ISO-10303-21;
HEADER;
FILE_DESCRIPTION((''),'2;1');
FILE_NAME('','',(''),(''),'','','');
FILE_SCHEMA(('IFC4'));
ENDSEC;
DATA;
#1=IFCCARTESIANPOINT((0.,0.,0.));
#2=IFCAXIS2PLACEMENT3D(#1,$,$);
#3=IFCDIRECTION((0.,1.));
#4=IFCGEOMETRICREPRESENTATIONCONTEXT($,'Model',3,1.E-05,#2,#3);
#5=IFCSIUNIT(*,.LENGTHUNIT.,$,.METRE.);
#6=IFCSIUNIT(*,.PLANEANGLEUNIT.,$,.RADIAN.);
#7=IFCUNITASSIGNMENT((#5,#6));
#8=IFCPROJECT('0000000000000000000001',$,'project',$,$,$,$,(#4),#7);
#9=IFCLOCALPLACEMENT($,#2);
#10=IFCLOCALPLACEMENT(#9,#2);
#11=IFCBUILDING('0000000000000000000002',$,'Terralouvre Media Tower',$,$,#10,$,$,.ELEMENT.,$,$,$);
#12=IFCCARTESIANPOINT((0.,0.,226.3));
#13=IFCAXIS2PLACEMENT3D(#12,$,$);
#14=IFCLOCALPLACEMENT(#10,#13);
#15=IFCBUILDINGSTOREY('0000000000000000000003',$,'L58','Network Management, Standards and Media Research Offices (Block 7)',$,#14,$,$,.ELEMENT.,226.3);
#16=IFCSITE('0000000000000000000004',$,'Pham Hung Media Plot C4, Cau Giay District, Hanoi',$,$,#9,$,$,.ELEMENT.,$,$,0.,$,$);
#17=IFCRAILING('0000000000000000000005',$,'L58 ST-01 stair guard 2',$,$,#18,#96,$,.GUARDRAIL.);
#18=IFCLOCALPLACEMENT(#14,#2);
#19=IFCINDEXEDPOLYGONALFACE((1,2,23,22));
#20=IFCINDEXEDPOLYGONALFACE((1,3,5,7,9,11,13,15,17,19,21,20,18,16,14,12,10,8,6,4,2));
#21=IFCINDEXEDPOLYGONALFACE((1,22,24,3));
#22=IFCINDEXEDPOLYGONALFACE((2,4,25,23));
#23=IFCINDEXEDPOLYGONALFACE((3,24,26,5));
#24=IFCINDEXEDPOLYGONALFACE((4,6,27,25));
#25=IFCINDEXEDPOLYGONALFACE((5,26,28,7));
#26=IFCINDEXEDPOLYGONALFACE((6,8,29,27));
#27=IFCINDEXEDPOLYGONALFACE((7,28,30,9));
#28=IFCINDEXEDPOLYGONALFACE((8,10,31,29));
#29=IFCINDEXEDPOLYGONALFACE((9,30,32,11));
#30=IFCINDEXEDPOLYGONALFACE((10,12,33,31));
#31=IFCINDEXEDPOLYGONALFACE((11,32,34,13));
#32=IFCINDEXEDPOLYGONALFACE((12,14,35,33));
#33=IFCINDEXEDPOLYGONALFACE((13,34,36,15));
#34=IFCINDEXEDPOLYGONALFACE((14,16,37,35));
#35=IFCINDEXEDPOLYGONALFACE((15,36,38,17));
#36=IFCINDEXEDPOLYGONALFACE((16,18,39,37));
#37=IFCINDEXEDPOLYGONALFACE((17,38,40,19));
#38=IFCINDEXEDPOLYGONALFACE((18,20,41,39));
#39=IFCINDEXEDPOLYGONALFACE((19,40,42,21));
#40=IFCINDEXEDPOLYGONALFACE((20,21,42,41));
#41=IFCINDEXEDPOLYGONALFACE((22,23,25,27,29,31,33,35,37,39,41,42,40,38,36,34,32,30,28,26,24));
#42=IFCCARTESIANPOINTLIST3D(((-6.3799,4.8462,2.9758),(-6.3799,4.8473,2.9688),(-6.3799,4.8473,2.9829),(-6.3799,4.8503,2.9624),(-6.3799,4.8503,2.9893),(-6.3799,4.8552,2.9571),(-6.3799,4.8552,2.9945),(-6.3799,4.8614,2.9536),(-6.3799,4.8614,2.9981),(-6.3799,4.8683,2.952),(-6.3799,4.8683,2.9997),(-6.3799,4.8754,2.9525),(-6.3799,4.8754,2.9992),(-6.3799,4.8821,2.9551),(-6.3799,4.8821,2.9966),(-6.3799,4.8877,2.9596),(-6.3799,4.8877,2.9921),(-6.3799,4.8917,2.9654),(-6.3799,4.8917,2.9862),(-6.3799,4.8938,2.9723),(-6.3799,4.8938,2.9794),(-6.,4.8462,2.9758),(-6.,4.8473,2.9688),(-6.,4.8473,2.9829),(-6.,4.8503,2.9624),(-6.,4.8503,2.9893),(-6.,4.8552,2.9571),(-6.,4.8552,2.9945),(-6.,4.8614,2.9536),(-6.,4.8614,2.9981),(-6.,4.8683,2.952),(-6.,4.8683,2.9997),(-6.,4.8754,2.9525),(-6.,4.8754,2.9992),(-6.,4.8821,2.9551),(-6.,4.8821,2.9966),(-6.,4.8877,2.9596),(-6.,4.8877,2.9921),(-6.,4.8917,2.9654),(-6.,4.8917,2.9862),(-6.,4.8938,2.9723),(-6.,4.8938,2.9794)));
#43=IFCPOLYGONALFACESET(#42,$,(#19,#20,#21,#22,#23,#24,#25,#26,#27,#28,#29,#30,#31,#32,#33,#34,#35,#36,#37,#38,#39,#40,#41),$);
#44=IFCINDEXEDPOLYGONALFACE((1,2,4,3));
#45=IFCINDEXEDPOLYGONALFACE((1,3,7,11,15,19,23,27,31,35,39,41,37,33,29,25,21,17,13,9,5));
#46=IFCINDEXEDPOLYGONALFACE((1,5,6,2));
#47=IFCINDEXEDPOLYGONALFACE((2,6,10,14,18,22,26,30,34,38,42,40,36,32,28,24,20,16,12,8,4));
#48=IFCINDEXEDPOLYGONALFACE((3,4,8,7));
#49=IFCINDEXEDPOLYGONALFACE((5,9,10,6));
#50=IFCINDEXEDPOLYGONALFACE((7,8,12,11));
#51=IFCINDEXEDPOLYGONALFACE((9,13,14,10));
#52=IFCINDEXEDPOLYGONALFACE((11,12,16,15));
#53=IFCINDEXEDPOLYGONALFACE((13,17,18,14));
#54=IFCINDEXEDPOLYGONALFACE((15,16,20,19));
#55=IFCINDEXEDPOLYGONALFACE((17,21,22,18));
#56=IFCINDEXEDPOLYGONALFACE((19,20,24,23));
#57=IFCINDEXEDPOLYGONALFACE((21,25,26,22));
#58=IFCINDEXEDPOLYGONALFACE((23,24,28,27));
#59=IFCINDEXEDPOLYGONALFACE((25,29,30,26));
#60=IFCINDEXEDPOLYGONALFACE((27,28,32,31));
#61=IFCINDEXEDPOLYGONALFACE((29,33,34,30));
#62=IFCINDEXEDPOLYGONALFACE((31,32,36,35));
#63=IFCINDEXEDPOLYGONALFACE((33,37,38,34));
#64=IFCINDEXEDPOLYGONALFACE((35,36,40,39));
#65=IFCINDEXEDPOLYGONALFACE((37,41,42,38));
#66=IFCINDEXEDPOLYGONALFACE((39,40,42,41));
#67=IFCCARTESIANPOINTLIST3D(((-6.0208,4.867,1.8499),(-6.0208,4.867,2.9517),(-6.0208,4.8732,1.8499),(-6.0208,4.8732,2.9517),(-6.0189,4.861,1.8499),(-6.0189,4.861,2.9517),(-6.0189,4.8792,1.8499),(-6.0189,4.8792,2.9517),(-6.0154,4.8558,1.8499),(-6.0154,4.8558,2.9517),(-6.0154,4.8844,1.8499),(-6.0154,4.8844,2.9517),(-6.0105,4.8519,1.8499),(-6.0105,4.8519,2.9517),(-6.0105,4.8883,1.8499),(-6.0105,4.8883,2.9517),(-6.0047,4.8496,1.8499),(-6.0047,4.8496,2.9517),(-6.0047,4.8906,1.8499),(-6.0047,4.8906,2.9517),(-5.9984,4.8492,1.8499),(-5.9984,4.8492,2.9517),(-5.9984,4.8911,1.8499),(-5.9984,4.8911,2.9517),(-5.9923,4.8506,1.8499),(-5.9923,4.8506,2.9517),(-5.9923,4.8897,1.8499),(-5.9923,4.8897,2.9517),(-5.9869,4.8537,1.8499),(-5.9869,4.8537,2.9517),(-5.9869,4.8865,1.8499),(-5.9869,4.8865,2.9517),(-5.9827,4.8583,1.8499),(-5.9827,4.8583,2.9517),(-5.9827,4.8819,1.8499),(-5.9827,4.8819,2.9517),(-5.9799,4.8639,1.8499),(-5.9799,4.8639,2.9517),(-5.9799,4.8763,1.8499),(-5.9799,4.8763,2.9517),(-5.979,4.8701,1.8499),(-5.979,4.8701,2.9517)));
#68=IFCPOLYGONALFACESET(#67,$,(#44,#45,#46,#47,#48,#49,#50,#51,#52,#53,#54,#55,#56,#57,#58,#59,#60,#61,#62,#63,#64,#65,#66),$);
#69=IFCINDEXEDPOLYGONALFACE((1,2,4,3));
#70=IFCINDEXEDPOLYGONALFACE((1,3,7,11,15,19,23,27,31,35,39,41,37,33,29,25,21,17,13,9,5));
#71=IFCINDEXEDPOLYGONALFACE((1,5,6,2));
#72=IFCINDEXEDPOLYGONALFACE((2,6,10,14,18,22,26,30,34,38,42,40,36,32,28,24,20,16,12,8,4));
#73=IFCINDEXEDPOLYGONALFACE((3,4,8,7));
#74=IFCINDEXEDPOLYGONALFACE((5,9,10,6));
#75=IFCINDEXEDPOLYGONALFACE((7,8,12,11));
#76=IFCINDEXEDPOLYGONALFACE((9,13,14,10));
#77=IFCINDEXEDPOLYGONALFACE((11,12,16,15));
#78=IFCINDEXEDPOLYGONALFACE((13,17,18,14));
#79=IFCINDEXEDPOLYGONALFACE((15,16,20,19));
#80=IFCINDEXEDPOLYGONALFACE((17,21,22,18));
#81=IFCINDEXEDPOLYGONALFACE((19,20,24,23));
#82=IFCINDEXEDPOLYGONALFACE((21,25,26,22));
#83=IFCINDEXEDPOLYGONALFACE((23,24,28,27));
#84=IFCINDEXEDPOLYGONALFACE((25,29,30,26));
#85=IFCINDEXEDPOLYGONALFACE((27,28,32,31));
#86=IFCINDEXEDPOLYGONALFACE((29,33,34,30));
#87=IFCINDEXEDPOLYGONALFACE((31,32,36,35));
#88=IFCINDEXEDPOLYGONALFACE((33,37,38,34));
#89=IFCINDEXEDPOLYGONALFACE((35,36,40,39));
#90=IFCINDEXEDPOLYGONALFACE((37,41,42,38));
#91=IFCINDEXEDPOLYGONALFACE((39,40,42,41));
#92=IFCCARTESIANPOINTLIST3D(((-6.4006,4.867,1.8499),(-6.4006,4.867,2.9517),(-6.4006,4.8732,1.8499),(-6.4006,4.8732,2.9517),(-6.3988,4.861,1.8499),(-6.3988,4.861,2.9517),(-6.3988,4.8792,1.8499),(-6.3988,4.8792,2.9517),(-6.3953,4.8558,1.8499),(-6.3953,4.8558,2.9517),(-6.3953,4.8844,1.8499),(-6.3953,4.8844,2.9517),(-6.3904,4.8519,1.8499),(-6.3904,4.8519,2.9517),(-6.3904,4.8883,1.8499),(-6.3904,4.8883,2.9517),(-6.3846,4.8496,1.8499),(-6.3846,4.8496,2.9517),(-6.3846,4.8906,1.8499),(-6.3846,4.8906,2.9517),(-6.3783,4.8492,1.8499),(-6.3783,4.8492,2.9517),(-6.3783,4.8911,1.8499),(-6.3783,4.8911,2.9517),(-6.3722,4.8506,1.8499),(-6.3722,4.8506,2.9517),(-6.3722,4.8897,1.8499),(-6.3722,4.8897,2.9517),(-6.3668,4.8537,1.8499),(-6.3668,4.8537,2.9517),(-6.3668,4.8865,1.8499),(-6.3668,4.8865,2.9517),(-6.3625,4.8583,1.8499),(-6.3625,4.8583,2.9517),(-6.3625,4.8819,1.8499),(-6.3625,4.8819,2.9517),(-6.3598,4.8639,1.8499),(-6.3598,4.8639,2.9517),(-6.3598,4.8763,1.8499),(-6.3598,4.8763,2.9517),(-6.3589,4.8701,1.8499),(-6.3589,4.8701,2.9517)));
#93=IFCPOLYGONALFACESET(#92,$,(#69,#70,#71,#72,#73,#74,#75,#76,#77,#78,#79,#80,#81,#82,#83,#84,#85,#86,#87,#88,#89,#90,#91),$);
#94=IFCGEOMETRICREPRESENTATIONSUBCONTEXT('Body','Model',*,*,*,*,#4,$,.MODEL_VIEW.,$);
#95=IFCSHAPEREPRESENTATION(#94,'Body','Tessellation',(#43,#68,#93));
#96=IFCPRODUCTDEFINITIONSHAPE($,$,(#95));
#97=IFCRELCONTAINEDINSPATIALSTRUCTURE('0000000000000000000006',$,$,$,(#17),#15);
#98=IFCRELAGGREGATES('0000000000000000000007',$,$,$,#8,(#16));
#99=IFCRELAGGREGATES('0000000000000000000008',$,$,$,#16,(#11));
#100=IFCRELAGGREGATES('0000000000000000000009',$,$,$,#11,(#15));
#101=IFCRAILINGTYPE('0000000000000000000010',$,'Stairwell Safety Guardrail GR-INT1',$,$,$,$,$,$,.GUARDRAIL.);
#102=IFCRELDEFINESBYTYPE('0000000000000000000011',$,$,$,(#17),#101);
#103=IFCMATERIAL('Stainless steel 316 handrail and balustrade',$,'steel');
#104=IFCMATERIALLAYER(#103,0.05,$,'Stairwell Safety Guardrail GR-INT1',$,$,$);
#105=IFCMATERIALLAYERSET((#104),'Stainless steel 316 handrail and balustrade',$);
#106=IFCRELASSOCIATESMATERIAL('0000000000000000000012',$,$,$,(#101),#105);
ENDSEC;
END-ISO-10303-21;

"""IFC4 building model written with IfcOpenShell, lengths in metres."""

from ifc_helpers import new_model, si_unit, direction, frame, origin, origin_2d, place, context, subcontext, project, spatial, circle, extrude, material, layer, layer_set, type_object, element, save


model = new_model("IFC4")

# Units and contexts
model_context = context("Model", 3, precision=1e-05, world=origin(), true_north=direction((0.0, 1.0)))
body_context = subcontext(model_context, "Body", "Model", "MODEL_VIEW")
ifc_project = project(units=[si_unit("LENGTHUNIT", "METRE"), si_unit("PLANEANGLEUNIT", "RADIAN")], contexts=[model_context])

# Site, building, storey
site_placement = place(None, origin())
site = spatial("IfcSite", under=ifc_project, at=site_placement, Name="Pham Hung Media Plot C4, Cau Giay District, Hanoi", CompositionType="ELEMENT", RefElevation=0.0)
building_placement = place(site_placement, origin())
building = spatial("IfcBuilding", under=site, at=building_placement, Name="Terralouvre Media Tower", CompositionType="ELEMENT")
storey_placement = place(building_placement, frame((0.0, 0.0, 226.3)))
storey = spatial("IfcBuildingStorey", under=building, at=storey_placement, Name="L58", Description="Network Management, Standards and Media Research Offices (Block 7)", CompositionType="ELEMENT", Elevation=226.3)

# Railing
ifc_material_1 = material(Name="Stainless steel 316 handrail and balustrade", Category="steel")
ifc_layer_1 = layer(ifc_material_1, 0.05, Name="Stairwell Safety Guardrail GR-INT1")
ifc_layer_set_1 = layer_set([ifc_layer_1], Name="Stainless steel 316 handrail and balustrade")
railing_type_1 = type_object("IfcRailingType", Name="Stairwell Safety Guardrail GR-INT1", PredefinedType="GUARDRAIL", material=ifc_layer_set_1)
railing_1_placement = place(storey_placement, frame((-6.0, 4.8701, 1.8499)))
element("IfcRailing", 1, at=railing_1_placement, inside=storey, type_object=railing_type_1, Name="L58 ST-01 stair guard 2", PredefinedType="GUARDRAIL", context=body_context, shape_type="SweptSolid", body=[
    extrude(circle(Radius=0.0239, at=origin_2d()), frame((0.0, 0.0, 1.126), z_axis=(-1.0, 0.0, 0.0), x_axis=(0.0, -1.0, 0.0)), (0.0, 0.0, 1.0), 0.3799),
    extrude(circle(Radius=0.021, at=origin_2d()), origin(), (0.0, 0.0, 1.0), 1.1018),
    extrude(circle(Radius=0.021, at=origin_2d()), frame((-0.3799, 0.0, 0.0)), (0.0, 0.0, 1.0), 1.1018),
])

save(model, "model.ifc")
